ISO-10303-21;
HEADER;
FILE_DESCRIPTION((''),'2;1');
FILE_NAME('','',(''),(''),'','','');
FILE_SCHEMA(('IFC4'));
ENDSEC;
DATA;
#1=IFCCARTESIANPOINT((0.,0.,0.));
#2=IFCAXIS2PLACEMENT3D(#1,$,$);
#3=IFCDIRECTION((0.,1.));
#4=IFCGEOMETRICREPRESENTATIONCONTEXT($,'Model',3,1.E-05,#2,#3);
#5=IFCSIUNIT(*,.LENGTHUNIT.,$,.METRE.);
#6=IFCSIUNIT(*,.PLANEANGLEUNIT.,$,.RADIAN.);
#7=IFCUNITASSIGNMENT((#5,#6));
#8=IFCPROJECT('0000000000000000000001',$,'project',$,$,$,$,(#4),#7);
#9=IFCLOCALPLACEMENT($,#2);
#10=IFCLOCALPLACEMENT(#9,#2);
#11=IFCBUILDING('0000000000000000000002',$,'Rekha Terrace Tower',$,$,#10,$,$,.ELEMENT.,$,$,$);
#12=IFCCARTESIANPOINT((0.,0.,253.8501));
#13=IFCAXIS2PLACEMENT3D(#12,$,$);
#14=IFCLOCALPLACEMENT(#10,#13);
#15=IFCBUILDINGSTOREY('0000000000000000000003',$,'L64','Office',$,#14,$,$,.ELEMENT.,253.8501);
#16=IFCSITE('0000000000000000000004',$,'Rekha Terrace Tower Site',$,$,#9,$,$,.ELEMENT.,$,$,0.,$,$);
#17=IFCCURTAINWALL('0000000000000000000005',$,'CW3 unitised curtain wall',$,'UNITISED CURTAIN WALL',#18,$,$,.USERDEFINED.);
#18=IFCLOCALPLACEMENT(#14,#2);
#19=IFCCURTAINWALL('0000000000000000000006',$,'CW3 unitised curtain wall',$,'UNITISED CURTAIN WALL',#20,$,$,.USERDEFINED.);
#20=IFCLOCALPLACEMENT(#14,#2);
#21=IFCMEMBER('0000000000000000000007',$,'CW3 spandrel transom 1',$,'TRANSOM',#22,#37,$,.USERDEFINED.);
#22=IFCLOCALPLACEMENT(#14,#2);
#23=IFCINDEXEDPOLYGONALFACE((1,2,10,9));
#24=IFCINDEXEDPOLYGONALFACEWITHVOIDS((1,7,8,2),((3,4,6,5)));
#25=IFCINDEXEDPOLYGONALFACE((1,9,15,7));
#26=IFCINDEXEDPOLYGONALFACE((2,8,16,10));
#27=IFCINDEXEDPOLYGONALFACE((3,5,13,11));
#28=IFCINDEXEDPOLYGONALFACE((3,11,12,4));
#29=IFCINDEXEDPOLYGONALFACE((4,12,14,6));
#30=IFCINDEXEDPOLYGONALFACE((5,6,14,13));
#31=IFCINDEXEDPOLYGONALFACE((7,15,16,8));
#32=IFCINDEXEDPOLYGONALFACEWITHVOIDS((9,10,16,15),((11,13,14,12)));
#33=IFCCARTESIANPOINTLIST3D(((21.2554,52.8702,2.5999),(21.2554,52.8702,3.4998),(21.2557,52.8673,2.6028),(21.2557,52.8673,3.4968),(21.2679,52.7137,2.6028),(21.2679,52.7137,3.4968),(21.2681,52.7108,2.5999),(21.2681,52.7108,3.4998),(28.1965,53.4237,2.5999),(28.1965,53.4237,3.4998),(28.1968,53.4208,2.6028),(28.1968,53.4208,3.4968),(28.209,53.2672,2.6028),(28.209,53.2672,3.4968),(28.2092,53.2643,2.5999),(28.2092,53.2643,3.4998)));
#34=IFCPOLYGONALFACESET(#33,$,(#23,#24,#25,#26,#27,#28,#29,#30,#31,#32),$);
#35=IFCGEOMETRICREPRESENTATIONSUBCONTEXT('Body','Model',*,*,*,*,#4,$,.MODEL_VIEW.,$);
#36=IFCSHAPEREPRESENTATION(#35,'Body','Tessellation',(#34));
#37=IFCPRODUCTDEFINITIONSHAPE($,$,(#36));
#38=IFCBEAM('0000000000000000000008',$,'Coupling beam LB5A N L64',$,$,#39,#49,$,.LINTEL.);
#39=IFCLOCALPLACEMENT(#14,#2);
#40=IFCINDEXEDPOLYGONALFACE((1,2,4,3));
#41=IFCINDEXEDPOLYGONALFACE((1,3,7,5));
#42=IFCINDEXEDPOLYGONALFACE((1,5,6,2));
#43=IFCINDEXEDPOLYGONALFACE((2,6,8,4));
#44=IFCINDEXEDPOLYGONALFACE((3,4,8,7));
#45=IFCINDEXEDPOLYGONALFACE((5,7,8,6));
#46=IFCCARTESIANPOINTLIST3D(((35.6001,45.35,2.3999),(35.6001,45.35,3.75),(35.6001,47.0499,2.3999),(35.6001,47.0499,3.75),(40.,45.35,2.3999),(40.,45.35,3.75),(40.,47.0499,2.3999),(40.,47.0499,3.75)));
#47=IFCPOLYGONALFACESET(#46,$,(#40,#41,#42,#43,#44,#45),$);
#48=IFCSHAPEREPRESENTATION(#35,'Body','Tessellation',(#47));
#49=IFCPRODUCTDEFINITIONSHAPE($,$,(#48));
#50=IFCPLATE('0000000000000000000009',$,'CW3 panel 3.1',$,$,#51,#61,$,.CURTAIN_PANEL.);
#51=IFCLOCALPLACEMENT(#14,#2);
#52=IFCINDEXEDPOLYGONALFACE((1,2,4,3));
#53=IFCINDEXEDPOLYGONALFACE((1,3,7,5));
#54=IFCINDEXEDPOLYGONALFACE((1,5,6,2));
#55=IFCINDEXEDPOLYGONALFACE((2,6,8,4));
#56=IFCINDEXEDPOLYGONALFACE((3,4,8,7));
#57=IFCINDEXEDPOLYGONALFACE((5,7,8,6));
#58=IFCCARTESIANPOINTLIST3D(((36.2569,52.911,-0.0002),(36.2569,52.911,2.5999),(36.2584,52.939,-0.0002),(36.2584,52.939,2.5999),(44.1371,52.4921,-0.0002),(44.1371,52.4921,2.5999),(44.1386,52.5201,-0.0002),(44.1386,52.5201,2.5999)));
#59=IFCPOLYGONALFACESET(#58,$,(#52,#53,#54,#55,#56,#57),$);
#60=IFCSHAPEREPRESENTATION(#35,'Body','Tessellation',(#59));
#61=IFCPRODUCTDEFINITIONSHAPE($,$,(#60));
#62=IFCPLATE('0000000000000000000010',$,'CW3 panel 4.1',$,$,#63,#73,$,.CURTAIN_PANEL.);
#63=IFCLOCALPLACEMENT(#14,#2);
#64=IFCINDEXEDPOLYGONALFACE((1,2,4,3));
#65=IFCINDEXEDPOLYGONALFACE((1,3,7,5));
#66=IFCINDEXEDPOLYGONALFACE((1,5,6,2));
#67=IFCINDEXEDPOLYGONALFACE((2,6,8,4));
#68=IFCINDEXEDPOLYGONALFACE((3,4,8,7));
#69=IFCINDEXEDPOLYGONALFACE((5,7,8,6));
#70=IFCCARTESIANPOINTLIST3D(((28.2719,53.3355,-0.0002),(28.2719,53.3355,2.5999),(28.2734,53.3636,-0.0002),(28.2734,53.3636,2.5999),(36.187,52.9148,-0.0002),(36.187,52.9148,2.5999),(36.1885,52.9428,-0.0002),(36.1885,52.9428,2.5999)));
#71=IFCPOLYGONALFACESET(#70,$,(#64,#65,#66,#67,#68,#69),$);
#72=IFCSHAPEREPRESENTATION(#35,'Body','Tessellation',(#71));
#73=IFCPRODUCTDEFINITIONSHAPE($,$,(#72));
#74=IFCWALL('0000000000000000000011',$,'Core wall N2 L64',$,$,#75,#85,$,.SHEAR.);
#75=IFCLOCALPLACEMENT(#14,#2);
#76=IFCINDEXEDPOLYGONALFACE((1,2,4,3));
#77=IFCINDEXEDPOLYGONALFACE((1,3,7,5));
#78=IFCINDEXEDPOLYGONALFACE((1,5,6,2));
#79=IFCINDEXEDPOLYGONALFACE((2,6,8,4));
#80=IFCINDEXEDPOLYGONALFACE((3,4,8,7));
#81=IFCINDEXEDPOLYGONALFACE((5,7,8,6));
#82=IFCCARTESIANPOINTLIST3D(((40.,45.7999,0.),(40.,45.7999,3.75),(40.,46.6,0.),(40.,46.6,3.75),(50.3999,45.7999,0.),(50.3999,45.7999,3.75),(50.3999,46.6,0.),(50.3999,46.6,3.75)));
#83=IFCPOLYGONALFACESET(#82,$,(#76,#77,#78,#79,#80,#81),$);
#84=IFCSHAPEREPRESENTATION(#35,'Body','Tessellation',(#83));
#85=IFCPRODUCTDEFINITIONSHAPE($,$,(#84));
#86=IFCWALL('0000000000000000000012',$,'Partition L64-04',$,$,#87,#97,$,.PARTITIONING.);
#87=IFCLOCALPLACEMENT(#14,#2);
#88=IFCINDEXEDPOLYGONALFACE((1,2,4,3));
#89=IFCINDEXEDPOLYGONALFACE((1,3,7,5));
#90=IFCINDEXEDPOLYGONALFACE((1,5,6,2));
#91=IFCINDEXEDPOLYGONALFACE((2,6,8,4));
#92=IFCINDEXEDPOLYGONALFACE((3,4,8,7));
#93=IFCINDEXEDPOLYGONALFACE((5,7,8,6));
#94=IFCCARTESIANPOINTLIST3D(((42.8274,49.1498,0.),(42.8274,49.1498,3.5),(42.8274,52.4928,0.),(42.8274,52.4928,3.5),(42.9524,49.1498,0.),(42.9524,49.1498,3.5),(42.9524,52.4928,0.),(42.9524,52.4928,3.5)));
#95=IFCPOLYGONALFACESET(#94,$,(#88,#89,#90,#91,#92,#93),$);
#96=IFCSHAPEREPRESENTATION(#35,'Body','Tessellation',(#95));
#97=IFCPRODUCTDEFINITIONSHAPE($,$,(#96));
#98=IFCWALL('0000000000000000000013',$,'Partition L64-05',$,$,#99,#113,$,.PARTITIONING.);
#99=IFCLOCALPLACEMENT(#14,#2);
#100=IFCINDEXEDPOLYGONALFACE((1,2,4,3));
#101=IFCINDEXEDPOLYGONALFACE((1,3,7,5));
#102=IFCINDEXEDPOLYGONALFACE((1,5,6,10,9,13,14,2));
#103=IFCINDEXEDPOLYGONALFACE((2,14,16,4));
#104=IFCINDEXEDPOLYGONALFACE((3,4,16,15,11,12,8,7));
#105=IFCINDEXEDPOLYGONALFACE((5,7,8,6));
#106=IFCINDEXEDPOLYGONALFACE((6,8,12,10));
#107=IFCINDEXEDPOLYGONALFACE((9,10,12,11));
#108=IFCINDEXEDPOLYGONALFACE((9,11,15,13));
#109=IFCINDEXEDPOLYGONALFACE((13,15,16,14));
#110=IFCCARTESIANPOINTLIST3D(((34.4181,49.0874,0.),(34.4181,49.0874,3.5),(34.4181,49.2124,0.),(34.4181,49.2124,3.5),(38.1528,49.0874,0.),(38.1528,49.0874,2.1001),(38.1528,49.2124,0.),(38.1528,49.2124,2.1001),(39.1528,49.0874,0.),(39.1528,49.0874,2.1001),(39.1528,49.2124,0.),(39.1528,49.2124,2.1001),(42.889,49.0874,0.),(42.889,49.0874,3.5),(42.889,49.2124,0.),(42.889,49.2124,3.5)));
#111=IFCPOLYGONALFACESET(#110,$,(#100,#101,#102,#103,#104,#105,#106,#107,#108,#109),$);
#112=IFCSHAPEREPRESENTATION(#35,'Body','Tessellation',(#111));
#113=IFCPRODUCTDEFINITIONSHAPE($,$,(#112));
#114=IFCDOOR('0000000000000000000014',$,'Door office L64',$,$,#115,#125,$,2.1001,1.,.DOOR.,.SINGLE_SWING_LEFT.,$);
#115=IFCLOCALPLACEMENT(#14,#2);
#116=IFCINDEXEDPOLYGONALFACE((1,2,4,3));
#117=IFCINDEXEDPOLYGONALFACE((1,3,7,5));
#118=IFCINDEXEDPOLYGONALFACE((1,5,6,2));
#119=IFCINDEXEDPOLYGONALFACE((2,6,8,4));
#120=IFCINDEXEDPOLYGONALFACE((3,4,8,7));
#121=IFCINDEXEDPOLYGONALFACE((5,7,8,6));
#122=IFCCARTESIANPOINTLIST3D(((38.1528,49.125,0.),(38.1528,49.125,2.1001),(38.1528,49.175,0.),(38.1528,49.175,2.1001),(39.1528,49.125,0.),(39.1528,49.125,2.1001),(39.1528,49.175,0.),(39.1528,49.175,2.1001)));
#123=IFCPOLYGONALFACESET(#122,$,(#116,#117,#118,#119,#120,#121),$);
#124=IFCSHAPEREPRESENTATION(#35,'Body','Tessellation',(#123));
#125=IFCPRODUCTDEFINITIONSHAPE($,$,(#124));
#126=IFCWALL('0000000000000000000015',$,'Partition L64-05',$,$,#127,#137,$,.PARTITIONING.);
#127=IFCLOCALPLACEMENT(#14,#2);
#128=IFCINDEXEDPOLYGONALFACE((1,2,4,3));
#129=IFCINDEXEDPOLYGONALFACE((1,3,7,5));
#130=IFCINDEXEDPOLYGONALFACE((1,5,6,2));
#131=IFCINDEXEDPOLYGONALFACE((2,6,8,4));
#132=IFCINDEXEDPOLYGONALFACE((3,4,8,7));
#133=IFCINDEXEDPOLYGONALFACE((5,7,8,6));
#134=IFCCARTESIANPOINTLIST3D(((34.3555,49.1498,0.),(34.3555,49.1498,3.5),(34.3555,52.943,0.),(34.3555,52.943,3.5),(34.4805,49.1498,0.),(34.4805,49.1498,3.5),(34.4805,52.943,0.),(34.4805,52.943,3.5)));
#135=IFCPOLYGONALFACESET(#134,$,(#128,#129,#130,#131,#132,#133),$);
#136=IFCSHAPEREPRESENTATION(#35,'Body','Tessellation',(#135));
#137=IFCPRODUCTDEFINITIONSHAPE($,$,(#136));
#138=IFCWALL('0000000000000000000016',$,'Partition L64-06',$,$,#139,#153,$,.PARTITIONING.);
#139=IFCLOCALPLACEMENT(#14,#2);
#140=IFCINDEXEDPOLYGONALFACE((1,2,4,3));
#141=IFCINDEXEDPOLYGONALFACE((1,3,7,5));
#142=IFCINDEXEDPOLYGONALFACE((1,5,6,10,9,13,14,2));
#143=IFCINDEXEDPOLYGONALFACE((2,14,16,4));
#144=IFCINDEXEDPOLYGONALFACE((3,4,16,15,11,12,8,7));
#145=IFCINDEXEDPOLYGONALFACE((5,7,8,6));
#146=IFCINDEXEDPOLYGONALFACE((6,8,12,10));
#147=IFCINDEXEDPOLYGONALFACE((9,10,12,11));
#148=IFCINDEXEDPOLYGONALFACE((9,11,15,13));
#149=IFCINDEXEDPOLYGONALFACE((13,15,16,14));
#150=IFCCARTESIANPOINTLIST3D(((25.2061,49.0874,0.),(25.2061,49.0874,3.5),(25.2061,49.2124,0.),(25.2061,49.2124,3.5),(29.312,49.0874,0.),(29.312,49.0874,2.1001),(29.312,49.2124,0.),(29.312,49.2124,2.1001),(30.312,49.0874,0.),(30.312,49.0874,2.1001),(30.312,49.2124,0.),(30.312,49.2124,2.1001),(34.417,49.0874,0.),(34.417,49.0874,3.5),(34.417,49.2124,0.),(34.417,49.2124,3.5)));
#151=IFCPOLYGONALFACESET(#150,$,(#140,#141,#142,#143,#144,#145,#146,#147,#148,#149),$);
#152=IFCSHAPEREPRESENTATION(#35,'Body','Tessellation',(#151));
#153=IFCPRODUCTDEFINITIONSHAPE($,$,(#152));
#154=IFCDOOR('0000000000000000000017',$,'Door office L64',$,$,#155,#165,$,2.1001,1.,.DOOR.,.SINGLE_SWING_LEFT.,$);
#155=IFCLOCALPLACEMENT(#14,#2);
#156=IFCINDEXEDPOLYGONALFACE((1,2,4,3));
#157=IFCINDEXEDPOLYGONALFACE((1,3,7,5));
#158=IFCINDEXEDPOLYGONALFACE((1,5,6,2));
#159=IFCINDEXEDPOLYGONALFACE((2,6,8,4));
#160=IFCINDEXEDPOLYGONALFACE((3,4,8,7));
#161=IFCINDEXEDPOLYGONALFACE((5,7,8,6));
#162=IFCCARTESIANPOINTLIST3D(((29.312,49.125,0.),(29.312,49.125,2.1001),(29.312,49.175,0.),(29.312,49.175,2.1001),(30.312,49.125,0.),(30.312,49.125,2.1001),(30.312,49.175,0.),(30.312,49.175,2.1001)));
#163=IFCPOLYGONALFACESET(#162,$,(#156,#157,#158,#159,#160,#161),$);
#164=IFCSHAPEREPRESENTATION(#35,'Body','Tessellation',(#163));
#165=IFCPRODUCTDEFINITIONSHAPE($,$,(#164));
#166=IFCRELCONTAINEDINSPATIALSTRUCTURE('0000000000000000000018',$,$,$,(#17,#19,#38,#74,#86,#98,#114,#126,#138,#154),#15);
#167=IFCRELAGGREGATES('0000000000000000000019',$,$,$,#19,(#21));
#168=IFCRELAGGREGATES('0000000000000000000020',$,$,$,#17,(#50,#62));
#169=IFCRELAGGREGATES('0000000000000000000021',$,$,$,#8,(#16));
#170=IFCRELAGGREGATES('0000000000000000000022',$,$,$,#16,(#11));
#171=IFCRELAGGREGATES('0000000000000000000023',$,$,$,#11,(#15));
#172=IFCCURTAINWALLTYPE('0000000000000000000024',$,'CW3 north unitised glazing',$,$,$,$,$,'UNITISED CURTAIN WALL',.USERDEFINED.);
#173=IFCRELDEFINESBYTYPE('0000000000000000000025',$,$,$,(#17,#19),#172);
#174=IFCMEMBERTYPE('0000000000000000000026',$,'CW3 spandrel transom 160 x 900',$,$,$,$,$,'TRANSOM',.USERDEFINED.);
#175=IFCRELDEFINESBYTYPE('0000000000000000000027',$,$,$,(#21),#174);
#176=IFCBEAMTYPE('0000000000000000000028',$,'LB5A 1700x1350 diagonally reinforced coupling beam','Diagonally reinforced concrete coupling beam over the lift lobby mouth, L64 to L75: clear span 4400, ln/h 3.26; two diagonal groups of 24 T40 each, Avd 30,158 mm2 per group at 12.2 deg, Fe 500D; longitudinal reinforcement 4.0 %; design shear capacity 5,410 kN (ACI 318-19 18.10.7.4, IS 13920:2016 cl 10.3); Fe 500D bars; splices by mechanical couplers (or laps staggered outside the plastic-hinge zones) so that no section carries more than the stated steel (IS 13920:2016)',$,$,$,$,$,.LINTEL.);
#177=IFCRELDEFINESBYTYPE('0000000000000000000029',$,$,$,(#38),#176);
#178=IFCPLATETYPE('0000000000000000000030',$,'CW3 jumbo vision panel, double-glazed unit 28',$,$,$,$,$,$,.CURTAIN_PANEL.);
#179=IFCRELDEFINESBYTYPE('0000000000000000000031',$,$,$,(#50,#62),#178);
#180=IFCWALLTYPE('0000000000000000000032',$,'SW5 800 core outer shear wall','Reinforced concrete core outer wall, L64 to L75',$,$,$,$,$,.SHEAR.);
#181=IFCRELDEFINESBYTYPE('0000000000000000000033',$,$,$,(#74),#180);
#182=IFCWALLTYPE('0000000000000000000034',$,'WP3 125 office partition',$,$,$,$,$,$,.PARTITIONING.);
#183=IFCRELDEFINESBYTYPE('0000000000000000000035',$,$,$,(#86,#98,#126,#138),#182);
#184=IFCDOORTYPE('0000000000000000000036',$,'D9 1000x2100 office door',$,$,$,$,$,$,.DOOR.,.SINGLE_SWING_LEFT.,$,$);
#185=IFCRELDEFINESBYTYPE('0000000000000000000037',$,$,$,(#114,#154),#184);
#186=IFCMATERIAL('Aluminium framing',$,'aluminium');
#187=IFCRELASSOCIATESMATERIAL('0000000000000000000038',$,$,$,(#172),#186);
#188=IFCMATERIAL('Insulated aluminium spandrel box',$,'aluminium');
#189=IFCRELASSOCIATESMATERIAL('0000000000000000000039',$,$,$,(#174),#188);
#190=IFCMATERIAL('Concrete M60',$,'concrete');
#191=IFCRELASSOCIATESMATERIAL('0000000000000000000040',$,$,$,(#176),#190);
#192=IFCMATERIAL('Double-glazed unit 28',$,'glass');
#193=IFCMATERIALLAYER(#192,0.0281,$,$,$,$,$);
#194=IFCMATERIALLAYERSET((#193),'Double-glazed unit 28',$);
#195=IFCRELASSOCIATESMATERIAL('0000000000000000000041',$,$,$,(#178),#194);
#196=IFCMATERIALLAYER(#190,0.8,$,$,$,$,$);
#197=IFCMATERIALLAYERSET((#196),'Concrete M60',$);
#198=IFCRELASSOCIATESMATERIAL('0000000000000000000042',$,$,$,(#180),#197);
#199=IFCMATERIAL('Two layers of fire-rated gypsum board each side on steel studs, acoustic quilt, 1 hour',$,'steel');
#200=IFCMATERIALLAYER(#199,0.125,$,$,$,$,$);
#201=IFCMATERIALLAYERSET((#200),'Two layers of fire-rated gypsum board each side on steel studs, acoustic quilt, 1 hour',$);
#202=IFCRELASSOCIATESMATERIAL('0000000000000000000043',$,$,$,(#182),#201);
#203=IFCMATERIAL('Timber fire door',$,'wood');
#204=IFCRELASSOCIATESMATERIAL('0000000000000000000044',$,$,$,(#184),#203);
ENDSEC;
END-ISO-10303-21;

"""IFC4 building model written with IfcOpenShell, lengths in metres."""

from ifc_helpers import new_model, si_unit, direction, frame, frame_2d, origin, origin_2d, place, context, subcontext, project, spatial, rectangle, hollow_rectangle, extrude, material, layer, layer_set, material_profile, profile_set, type_object, element, fill, aggregate, save


model = new_model("IFC4")

# Units and contexts
model_context = context("Model", 3, precision=1e-05, world=origin(), true_north=direction((0.0, 1.0)))
body_context = subcontext(model_context, "Body", "Model", "MODEL_VIEW")
ifc_project = project(units=[si_unit("LENGTHUNIT", "METRE"), si_unit("PLANEANGLEUNIT", "RADIAN")], contexts=[model_context])

# Site, building, storey
site_placement = place(None, origin())
site = spatial("IfcSite", under=ifc_project, at=site_placement, Name="Rekha Terrace Tower Site", CompositionType="ELEMENT", RefElevation=0.0)
building_placement = place(site_placement, origin())
building = spatial("IfcBuilding", under=site, at=building_placement, Name="Rekha Terrace Tower", CompositionType="ELEMENT")
storey_placement = place(building_placement, frame((0.0, 0.0, 253.8501)))
storey = spatial("IfcBuildingStorey", under=building, at=storey_placement, Name="L64", Description="Office", CompositionType="ELEMENT", Elevation=253.8501)

# Shared definitions
ifc_material_1 = material(Name="Concrete M60", Category="concrete")

# Curtain wall
ifc_material_2 = material(Name="Aluminium framing", Category="aluminium")
curtain_wall_type = type_object("IfcCurtainWallType", Name="CW3 north unitised glazing", ElementType="UNITISED CURTAIN WALL", PredefinedType="USERDEFINED", material=ifc_material_2)
curtain_wall_1_placement = place(storey_placement, origin())
curtain_wall_1 = element("IfcCurtainWall", 1, at=curtain_wall_1_placement, inside=storey, type_object=curtain_wall_type, Name="CW3 unitised curtain wall", ObjectType="UNITISED CURTAIN WALL", PredefinedType="USERDEFINED")

# Curtain wall
curtain_wall_2_placement = place(storey_placement, origin())
curtain_wall_2 = element("IfcCurtainWall", 2, at=curtain_wall_2_placement, inside=storey, type_object=curtain_wall_type, Name="CW3 unitised curtain wall", ObjectType="UNITISED CURTAIN WALL", PredefinedType="USERDEFINED")

# Member
ifc_material_3 = material(Name="Insulated aluminium spandrel box", Category="aluminium")
ifc_material_profile_1 = material_profile(ifc_material_3, hollow_rectangle(XDim=0.1599, YDim=0.8999, WallThickness=0.0029, at=origin_2d()), Name="AL SPANDREL BOX 160x900")
ifc_profile_set_1 = profile_set([ifc_material_profile_1], Name="Insulated aluminium spandrel box")
member_type_1 = type_object("IfcMemberType", Name="CW3 spandrel transom 160 x 900", ElementType="TRANSOM", PredefinedType="USERDEFINED", material=ifc_profile_set_1)
member_1_placement = place(storey_placement, frame((28.2029, 53.344, 3.0498), z_axis=(-0.996836, -0.079485, 0.0), x_axis=(0.079485, -0.996836, 0.0)))
member_1 = element("IfcMember", 3, at=member_1_placement, type_object=member_type_1, Name="CW3 spandrel transom 1", ObjectType="TRANSOM", PredefinedType="USERDEFINED", context=body_context, shape_type="SweptSolid", body=[
    extrude(hollow_rectangle(XDim=0.1599, YDim=0.8999, WallThickness=0.0029, at=origin_2d()), origin(), (0.0, 0.0, 1.0), 6.9631),
])
aggregate(curtain_wall_2, [member_1])

# Beam
ifc_material_profile_2 = material_profile(ifc_material_1, rectangle(XDim=1.7, YDim=1.3501, at=origin_2d()), Name="RC 1700x1350")
ifc_profile_set_2 = profile_set([ifc_material_profile_2], Name="Concrete M60")
beam_type = type_object("IfcBeamType", Name="LB5A 1700x1350 diagonally reinforced coupling beam", Description="Diagonally reinforced concrete coupling beam over the lift lobby mouth, L64 to L75: clear span 4400, ln/h 3.26; two diagonal groups of 24 T40 each, Avd 30,158 mm2 per group at 12.2 deg, Fe 500D; longitudinal reinforcement 4.0 %; design shear capacity 5,410 kN (ACI 318-19 18.10.7.4, IS 13920:2016 cl 10.3); Fe 500D bars; splices by mechanical couplers (or laps staggered outside the plastic-hinge zones) so that no section carries more than the stated steel (IS 13920:2016)", PredefinedType="LINTEL", material=ifc_profile_set_2)
beam_placement = place(storey_placement, frame((35.6001, 46.2, 3.075), z_axis=(1.0, 0.0, 0.0), x_axis=(0.0, 1.0, 0.0)))
element("IfcBeam", 4, at=beam_placement, inside=storey, type_object=beam_type, Name="Coupling beam LB5A N L64", PredefinedType="LINTEL", context=body_context, shape_type="SweptSolid", body=[
    extrude(rectangle(XDim=1.7, YDim=1.3501, at=origin_2d()), origin(), (0.0, 0.0, 1.0), 4.3999),
])

# Plates
ifc_material_4 = material(Name="Double-glazed unit 28", Category="glass")
ifc_layer_1 = layer(ifc_material_4, 0.0281)
ifc_layer_set_1 = layer_set([ifc_layer_1], Name="Double-glazed unit 28")
plate_type = type_object("IfcPlateType", Name="CW3 jumbo vision panel, double-glazed unit 28", PredefinedType="CURTAIN_PANEL", material=ifc_layer_set_1)
plate_1_placement = place(storey_placement, frame((40.1978, 52.7156, -0.0002), z_axis=(0.0, 0.0, 1.0), x_axis=(-0.99859, 0.053083, 0.0)))
plate_1 = element("IfcPlate", 5, at=plate_1_placement, type_object=plate_type, Name="CW3 panel 3.1", PredefinedType="CURTAIN_PANEL", context=body_context, shape_type="SweptSolid", body=[
    extrude(rectangle(XDim=7.8914, YDim=0.0281, at=origin_2d()), origin(), (0.0, 0.0, 1.0), 2.6001),
])
plate_2_placement = place(storey_placement, frame((32.2302, 53.1392, -0.0002), z_axis=(0.0, 0.0, 1.0), x_axis=(-0.99859, 0.053083, 0.0)))
plate_2 = element("IfcPlate", 6, at=plate_2_placement, type_object=plate_type, Name="CW3 panel 4.1", PredefinedType="CURTAIN_PANEL", context=body_context, shape_type="SweptSolid", body=[
    extrude(rectangle(XDim=7.9263, YDim=0.0281, at=origin_2d()), origin(), (0.0, 0.0, 1.0), 2.6001),
])
aggregate(curtain_wall_1, [plate_1, plate_2])

# Walls
ifc_layer_2 = layer(ifc_material_1, 0.8)
ifc_layer_set_2 = layer_set([ifc_layer_2], Name="Concrete M60")
wall_type_1 = type_object("IfcWallType", Name="SW5 800 core outer shear wall", Description="Reinforced concrete core outer wall, L64 to L75", PredefinedType="SHEAR", material=ifc_layer_set_2)
wall_1_placement = place(storey_placement, frame((40.0, 46.2, 0.0), z_axis=(0.0, 0.0, 1.0), x_axis=(1.0, 0.0, 0.0)))
element("IfcWall", 7, at=wall_1_placement, inside=storey, type_object=wall_type_1, Name="Core wall N2 L64", PredefinedType="SHEAR", context=body_context, shape_type="SweptSolid", body=[
    extrude(rectangle(XDim=10.3999, YDim=0.8, at=frame_2d((5.2, 0.0))), origin(), (0.0, 0.0, 1.0), 3.75),
])
ifc_material_5 = material(Name="Two layers of fire-rated gypsum board each side on steel studs, acoustic quilt, 1 hour", Category="steel")
ifc_layer_3 = layer(ifc_material_5, 0.125)
ifc_layer_set_3 = layer_set([ifc_layer_3], Name="Two layers of fire-rated gypsum board each side on steel studs, acoustic quilt, 1 hour")
wall_type_2 = type_object("IfcWallType", Name="WP3 125 office partition", PredefinedType="PARTITIONING", material=ifc_layer_set_3)
wall_2_placement = place(storey_placement, frame((42.8899, 49.1499, 0.0), z_axis=(0.0, 0.0, 1.0), x_axis=(0.0, 1.0, 0.0)))
element("IfcWall", 8, at=wall_2_placement, inside=storey, type_object=wall_type_2, Name="Partition L64-04", PredefinedType="PARTITIONING", context=body_context, shape_type="SweptSolid", body=[
    extrude(rectangle(XDim=3.343, YDim=0.125, at=frame_2d((1.6714, 0.0))), origin(), (0.0, 0.0, 1.0), 3.5),
])

# Wall, opening, door
wall_3_placement = place(storey_placement, frame((42.8889, 49.1499, 0.0), z_axis=(0.0, 0.0, 1.0), x_axis=(-1.0, 0.0, 0.0)))
wall_3 = element("IfcWall", 9, at=wall_3_placement, inside=storey, type_object=wall_type_2, Name="Partition L64-05", PredefinedType="PARTITIONING", context=body_context, shape_type="SweptSolid", body=[
    extrude(rectangle(XDim=8.4709, YDim=0.125, at=frame_2d((4.2354, 0.0))), origin(), (0.0, 0.0, 1.0), 3.5),
])
opening_1_placement = place(wall_3_placement, frame((3.7361, 0.0, 0.0)))
opening_1 = element("IfcOpeningElement", 10, at=opening_1_placement, cuts=wall_3, PredefinedType="OPENING", context=body_context, shape_type="SweptSolid", body=[
    extrude(rectangle(XDim=1.0, YDim=2.1001, at=frame_2d((0.5, 1.05))), frame((0.0, 0.0725, 0.0), z_axis=(0.0, -1.0, 0.0), x_axis=(1.0, 0.0, 0.0)), (0.0, 0.0, 1.0), 0.145),
])
ifc_material_6 = material(Name="Timber fire door", Category="wood")
door_type = type_object("IfcDoorType", Name="D9 1000x2100 office door", OperationType="SINGLE_SWING_LEFT", PredefinedType="DOOR", material=ifc_material_6)
door_1_placement = place(opening_1_placement, origin())
door_1 = element("IfcDoor", 11, at=door_1_placement, inside=storey, type_object=door_type, Name="Door office L64", OperationType="SINGLE_SWING_LEFT", OverallHeight=2.1001, OverallWidth=1.0, PredefinedType="DOOR", context=body_context, shape_type="SweptSolid", body=[
    extrude(rectangle(XDim=1.0, YDim=2.1001, at=frame_2d((0.5, 1.05))), frame((0.0, 0.0249, 0.0), z_axis=(0.0, -1.0, 0.0), x_axis=(1.0, 0.0, 0.0)), (0.0, 0.0, 1.0), 0.05),
])
fill(opening_1, door_1)

# Wall
wall_4_placement = place(storey_placement, frame((34.418, 49.1499, 0.0), z_axis=(0.0, 0.0, 1.0), x_axis=(0.0, 1.0, 0.0)))
element("IfcWall", 12, at=wall_4_placement, inside=storey, type_object=wall_type_2, Name="Partition L64-05", PredefinedType="PARTITIONING", context=body_context, shape_type="SweptSolid", body=[
    extrude(rectangle(XDim=3.7932, YDim=0.125, at=frame_2d((1.8965, 0.0))), origin(), (0.0, 0.0, 1.0), 3.5),
])

# Wall, opening, door
wall_5_placement = place(storey_placement, frame((34.417, 49.1499, 0.0), z_axis=(0.0, 0.0, 1.0), x_axis=(-1.0, 0.0, 0.0)))
wall_5 = element("IfcWall", 13, at=wall_5_placement, inside=storey, type_object=wall_type_2, Name="Partition L64-06", PredefinedType="PARTITIONING", context=body_context, shape_type="SweptSolid", body=[
    extrude(rectangle(XDim=9.2109, YDim=0.125, at=frame_2d((4.6055, 0.0))), origin(), (0.0, 0.0, 1.0), 3.5),
])
opening_2_placement = place(wall_5_placement, frame((4.105, 0.0, 0.0)))
opening_2 = element("IfcOpeningElement", 14, at=opening_2_placement, cuts=wall_5, PredefinedType="OPENING", context=body_context, shape_type="SweptSolid", body=[
    extrude(rectangle(XDim=1.0, YDim=2.1001, at=frame_2d((0.5, 1.05))), frame((0.0, 0.0725, 0.0), z_axis=(0.0, -1.0, 0.0), x_axis=(1.0, 0.0, 0.0)), (0.0, 0.0, 1.0), 0.145),
])
door_2_placement = place(opening_2_placement, origin())
door_2 = element("IfcDoor", 15, at=door_2_placement, inside=storey, type_object=door_type, Name="Door office L64", OperationType="SINGLE_SWING_LEFT", OverallHeight=2.1001, OverallWidth=1.0, PredefinedType="DOOR", context=body_context, shape_type="SweptSolid", body=[
    extrude(rectangle(XDim=1.0, YDim=2.1001, at=frame_2d((0.5, 1.05))), frame((0.0, 0.0249, 0.0), z_axis=(0.0, -1.0, 0.0), x_axis=(1.0, 0.0, 0.0)), (0.0, 0.0, 1.0), 0.05),
])
fill(opening_2, door_2)

save(model, "model.ifc")
